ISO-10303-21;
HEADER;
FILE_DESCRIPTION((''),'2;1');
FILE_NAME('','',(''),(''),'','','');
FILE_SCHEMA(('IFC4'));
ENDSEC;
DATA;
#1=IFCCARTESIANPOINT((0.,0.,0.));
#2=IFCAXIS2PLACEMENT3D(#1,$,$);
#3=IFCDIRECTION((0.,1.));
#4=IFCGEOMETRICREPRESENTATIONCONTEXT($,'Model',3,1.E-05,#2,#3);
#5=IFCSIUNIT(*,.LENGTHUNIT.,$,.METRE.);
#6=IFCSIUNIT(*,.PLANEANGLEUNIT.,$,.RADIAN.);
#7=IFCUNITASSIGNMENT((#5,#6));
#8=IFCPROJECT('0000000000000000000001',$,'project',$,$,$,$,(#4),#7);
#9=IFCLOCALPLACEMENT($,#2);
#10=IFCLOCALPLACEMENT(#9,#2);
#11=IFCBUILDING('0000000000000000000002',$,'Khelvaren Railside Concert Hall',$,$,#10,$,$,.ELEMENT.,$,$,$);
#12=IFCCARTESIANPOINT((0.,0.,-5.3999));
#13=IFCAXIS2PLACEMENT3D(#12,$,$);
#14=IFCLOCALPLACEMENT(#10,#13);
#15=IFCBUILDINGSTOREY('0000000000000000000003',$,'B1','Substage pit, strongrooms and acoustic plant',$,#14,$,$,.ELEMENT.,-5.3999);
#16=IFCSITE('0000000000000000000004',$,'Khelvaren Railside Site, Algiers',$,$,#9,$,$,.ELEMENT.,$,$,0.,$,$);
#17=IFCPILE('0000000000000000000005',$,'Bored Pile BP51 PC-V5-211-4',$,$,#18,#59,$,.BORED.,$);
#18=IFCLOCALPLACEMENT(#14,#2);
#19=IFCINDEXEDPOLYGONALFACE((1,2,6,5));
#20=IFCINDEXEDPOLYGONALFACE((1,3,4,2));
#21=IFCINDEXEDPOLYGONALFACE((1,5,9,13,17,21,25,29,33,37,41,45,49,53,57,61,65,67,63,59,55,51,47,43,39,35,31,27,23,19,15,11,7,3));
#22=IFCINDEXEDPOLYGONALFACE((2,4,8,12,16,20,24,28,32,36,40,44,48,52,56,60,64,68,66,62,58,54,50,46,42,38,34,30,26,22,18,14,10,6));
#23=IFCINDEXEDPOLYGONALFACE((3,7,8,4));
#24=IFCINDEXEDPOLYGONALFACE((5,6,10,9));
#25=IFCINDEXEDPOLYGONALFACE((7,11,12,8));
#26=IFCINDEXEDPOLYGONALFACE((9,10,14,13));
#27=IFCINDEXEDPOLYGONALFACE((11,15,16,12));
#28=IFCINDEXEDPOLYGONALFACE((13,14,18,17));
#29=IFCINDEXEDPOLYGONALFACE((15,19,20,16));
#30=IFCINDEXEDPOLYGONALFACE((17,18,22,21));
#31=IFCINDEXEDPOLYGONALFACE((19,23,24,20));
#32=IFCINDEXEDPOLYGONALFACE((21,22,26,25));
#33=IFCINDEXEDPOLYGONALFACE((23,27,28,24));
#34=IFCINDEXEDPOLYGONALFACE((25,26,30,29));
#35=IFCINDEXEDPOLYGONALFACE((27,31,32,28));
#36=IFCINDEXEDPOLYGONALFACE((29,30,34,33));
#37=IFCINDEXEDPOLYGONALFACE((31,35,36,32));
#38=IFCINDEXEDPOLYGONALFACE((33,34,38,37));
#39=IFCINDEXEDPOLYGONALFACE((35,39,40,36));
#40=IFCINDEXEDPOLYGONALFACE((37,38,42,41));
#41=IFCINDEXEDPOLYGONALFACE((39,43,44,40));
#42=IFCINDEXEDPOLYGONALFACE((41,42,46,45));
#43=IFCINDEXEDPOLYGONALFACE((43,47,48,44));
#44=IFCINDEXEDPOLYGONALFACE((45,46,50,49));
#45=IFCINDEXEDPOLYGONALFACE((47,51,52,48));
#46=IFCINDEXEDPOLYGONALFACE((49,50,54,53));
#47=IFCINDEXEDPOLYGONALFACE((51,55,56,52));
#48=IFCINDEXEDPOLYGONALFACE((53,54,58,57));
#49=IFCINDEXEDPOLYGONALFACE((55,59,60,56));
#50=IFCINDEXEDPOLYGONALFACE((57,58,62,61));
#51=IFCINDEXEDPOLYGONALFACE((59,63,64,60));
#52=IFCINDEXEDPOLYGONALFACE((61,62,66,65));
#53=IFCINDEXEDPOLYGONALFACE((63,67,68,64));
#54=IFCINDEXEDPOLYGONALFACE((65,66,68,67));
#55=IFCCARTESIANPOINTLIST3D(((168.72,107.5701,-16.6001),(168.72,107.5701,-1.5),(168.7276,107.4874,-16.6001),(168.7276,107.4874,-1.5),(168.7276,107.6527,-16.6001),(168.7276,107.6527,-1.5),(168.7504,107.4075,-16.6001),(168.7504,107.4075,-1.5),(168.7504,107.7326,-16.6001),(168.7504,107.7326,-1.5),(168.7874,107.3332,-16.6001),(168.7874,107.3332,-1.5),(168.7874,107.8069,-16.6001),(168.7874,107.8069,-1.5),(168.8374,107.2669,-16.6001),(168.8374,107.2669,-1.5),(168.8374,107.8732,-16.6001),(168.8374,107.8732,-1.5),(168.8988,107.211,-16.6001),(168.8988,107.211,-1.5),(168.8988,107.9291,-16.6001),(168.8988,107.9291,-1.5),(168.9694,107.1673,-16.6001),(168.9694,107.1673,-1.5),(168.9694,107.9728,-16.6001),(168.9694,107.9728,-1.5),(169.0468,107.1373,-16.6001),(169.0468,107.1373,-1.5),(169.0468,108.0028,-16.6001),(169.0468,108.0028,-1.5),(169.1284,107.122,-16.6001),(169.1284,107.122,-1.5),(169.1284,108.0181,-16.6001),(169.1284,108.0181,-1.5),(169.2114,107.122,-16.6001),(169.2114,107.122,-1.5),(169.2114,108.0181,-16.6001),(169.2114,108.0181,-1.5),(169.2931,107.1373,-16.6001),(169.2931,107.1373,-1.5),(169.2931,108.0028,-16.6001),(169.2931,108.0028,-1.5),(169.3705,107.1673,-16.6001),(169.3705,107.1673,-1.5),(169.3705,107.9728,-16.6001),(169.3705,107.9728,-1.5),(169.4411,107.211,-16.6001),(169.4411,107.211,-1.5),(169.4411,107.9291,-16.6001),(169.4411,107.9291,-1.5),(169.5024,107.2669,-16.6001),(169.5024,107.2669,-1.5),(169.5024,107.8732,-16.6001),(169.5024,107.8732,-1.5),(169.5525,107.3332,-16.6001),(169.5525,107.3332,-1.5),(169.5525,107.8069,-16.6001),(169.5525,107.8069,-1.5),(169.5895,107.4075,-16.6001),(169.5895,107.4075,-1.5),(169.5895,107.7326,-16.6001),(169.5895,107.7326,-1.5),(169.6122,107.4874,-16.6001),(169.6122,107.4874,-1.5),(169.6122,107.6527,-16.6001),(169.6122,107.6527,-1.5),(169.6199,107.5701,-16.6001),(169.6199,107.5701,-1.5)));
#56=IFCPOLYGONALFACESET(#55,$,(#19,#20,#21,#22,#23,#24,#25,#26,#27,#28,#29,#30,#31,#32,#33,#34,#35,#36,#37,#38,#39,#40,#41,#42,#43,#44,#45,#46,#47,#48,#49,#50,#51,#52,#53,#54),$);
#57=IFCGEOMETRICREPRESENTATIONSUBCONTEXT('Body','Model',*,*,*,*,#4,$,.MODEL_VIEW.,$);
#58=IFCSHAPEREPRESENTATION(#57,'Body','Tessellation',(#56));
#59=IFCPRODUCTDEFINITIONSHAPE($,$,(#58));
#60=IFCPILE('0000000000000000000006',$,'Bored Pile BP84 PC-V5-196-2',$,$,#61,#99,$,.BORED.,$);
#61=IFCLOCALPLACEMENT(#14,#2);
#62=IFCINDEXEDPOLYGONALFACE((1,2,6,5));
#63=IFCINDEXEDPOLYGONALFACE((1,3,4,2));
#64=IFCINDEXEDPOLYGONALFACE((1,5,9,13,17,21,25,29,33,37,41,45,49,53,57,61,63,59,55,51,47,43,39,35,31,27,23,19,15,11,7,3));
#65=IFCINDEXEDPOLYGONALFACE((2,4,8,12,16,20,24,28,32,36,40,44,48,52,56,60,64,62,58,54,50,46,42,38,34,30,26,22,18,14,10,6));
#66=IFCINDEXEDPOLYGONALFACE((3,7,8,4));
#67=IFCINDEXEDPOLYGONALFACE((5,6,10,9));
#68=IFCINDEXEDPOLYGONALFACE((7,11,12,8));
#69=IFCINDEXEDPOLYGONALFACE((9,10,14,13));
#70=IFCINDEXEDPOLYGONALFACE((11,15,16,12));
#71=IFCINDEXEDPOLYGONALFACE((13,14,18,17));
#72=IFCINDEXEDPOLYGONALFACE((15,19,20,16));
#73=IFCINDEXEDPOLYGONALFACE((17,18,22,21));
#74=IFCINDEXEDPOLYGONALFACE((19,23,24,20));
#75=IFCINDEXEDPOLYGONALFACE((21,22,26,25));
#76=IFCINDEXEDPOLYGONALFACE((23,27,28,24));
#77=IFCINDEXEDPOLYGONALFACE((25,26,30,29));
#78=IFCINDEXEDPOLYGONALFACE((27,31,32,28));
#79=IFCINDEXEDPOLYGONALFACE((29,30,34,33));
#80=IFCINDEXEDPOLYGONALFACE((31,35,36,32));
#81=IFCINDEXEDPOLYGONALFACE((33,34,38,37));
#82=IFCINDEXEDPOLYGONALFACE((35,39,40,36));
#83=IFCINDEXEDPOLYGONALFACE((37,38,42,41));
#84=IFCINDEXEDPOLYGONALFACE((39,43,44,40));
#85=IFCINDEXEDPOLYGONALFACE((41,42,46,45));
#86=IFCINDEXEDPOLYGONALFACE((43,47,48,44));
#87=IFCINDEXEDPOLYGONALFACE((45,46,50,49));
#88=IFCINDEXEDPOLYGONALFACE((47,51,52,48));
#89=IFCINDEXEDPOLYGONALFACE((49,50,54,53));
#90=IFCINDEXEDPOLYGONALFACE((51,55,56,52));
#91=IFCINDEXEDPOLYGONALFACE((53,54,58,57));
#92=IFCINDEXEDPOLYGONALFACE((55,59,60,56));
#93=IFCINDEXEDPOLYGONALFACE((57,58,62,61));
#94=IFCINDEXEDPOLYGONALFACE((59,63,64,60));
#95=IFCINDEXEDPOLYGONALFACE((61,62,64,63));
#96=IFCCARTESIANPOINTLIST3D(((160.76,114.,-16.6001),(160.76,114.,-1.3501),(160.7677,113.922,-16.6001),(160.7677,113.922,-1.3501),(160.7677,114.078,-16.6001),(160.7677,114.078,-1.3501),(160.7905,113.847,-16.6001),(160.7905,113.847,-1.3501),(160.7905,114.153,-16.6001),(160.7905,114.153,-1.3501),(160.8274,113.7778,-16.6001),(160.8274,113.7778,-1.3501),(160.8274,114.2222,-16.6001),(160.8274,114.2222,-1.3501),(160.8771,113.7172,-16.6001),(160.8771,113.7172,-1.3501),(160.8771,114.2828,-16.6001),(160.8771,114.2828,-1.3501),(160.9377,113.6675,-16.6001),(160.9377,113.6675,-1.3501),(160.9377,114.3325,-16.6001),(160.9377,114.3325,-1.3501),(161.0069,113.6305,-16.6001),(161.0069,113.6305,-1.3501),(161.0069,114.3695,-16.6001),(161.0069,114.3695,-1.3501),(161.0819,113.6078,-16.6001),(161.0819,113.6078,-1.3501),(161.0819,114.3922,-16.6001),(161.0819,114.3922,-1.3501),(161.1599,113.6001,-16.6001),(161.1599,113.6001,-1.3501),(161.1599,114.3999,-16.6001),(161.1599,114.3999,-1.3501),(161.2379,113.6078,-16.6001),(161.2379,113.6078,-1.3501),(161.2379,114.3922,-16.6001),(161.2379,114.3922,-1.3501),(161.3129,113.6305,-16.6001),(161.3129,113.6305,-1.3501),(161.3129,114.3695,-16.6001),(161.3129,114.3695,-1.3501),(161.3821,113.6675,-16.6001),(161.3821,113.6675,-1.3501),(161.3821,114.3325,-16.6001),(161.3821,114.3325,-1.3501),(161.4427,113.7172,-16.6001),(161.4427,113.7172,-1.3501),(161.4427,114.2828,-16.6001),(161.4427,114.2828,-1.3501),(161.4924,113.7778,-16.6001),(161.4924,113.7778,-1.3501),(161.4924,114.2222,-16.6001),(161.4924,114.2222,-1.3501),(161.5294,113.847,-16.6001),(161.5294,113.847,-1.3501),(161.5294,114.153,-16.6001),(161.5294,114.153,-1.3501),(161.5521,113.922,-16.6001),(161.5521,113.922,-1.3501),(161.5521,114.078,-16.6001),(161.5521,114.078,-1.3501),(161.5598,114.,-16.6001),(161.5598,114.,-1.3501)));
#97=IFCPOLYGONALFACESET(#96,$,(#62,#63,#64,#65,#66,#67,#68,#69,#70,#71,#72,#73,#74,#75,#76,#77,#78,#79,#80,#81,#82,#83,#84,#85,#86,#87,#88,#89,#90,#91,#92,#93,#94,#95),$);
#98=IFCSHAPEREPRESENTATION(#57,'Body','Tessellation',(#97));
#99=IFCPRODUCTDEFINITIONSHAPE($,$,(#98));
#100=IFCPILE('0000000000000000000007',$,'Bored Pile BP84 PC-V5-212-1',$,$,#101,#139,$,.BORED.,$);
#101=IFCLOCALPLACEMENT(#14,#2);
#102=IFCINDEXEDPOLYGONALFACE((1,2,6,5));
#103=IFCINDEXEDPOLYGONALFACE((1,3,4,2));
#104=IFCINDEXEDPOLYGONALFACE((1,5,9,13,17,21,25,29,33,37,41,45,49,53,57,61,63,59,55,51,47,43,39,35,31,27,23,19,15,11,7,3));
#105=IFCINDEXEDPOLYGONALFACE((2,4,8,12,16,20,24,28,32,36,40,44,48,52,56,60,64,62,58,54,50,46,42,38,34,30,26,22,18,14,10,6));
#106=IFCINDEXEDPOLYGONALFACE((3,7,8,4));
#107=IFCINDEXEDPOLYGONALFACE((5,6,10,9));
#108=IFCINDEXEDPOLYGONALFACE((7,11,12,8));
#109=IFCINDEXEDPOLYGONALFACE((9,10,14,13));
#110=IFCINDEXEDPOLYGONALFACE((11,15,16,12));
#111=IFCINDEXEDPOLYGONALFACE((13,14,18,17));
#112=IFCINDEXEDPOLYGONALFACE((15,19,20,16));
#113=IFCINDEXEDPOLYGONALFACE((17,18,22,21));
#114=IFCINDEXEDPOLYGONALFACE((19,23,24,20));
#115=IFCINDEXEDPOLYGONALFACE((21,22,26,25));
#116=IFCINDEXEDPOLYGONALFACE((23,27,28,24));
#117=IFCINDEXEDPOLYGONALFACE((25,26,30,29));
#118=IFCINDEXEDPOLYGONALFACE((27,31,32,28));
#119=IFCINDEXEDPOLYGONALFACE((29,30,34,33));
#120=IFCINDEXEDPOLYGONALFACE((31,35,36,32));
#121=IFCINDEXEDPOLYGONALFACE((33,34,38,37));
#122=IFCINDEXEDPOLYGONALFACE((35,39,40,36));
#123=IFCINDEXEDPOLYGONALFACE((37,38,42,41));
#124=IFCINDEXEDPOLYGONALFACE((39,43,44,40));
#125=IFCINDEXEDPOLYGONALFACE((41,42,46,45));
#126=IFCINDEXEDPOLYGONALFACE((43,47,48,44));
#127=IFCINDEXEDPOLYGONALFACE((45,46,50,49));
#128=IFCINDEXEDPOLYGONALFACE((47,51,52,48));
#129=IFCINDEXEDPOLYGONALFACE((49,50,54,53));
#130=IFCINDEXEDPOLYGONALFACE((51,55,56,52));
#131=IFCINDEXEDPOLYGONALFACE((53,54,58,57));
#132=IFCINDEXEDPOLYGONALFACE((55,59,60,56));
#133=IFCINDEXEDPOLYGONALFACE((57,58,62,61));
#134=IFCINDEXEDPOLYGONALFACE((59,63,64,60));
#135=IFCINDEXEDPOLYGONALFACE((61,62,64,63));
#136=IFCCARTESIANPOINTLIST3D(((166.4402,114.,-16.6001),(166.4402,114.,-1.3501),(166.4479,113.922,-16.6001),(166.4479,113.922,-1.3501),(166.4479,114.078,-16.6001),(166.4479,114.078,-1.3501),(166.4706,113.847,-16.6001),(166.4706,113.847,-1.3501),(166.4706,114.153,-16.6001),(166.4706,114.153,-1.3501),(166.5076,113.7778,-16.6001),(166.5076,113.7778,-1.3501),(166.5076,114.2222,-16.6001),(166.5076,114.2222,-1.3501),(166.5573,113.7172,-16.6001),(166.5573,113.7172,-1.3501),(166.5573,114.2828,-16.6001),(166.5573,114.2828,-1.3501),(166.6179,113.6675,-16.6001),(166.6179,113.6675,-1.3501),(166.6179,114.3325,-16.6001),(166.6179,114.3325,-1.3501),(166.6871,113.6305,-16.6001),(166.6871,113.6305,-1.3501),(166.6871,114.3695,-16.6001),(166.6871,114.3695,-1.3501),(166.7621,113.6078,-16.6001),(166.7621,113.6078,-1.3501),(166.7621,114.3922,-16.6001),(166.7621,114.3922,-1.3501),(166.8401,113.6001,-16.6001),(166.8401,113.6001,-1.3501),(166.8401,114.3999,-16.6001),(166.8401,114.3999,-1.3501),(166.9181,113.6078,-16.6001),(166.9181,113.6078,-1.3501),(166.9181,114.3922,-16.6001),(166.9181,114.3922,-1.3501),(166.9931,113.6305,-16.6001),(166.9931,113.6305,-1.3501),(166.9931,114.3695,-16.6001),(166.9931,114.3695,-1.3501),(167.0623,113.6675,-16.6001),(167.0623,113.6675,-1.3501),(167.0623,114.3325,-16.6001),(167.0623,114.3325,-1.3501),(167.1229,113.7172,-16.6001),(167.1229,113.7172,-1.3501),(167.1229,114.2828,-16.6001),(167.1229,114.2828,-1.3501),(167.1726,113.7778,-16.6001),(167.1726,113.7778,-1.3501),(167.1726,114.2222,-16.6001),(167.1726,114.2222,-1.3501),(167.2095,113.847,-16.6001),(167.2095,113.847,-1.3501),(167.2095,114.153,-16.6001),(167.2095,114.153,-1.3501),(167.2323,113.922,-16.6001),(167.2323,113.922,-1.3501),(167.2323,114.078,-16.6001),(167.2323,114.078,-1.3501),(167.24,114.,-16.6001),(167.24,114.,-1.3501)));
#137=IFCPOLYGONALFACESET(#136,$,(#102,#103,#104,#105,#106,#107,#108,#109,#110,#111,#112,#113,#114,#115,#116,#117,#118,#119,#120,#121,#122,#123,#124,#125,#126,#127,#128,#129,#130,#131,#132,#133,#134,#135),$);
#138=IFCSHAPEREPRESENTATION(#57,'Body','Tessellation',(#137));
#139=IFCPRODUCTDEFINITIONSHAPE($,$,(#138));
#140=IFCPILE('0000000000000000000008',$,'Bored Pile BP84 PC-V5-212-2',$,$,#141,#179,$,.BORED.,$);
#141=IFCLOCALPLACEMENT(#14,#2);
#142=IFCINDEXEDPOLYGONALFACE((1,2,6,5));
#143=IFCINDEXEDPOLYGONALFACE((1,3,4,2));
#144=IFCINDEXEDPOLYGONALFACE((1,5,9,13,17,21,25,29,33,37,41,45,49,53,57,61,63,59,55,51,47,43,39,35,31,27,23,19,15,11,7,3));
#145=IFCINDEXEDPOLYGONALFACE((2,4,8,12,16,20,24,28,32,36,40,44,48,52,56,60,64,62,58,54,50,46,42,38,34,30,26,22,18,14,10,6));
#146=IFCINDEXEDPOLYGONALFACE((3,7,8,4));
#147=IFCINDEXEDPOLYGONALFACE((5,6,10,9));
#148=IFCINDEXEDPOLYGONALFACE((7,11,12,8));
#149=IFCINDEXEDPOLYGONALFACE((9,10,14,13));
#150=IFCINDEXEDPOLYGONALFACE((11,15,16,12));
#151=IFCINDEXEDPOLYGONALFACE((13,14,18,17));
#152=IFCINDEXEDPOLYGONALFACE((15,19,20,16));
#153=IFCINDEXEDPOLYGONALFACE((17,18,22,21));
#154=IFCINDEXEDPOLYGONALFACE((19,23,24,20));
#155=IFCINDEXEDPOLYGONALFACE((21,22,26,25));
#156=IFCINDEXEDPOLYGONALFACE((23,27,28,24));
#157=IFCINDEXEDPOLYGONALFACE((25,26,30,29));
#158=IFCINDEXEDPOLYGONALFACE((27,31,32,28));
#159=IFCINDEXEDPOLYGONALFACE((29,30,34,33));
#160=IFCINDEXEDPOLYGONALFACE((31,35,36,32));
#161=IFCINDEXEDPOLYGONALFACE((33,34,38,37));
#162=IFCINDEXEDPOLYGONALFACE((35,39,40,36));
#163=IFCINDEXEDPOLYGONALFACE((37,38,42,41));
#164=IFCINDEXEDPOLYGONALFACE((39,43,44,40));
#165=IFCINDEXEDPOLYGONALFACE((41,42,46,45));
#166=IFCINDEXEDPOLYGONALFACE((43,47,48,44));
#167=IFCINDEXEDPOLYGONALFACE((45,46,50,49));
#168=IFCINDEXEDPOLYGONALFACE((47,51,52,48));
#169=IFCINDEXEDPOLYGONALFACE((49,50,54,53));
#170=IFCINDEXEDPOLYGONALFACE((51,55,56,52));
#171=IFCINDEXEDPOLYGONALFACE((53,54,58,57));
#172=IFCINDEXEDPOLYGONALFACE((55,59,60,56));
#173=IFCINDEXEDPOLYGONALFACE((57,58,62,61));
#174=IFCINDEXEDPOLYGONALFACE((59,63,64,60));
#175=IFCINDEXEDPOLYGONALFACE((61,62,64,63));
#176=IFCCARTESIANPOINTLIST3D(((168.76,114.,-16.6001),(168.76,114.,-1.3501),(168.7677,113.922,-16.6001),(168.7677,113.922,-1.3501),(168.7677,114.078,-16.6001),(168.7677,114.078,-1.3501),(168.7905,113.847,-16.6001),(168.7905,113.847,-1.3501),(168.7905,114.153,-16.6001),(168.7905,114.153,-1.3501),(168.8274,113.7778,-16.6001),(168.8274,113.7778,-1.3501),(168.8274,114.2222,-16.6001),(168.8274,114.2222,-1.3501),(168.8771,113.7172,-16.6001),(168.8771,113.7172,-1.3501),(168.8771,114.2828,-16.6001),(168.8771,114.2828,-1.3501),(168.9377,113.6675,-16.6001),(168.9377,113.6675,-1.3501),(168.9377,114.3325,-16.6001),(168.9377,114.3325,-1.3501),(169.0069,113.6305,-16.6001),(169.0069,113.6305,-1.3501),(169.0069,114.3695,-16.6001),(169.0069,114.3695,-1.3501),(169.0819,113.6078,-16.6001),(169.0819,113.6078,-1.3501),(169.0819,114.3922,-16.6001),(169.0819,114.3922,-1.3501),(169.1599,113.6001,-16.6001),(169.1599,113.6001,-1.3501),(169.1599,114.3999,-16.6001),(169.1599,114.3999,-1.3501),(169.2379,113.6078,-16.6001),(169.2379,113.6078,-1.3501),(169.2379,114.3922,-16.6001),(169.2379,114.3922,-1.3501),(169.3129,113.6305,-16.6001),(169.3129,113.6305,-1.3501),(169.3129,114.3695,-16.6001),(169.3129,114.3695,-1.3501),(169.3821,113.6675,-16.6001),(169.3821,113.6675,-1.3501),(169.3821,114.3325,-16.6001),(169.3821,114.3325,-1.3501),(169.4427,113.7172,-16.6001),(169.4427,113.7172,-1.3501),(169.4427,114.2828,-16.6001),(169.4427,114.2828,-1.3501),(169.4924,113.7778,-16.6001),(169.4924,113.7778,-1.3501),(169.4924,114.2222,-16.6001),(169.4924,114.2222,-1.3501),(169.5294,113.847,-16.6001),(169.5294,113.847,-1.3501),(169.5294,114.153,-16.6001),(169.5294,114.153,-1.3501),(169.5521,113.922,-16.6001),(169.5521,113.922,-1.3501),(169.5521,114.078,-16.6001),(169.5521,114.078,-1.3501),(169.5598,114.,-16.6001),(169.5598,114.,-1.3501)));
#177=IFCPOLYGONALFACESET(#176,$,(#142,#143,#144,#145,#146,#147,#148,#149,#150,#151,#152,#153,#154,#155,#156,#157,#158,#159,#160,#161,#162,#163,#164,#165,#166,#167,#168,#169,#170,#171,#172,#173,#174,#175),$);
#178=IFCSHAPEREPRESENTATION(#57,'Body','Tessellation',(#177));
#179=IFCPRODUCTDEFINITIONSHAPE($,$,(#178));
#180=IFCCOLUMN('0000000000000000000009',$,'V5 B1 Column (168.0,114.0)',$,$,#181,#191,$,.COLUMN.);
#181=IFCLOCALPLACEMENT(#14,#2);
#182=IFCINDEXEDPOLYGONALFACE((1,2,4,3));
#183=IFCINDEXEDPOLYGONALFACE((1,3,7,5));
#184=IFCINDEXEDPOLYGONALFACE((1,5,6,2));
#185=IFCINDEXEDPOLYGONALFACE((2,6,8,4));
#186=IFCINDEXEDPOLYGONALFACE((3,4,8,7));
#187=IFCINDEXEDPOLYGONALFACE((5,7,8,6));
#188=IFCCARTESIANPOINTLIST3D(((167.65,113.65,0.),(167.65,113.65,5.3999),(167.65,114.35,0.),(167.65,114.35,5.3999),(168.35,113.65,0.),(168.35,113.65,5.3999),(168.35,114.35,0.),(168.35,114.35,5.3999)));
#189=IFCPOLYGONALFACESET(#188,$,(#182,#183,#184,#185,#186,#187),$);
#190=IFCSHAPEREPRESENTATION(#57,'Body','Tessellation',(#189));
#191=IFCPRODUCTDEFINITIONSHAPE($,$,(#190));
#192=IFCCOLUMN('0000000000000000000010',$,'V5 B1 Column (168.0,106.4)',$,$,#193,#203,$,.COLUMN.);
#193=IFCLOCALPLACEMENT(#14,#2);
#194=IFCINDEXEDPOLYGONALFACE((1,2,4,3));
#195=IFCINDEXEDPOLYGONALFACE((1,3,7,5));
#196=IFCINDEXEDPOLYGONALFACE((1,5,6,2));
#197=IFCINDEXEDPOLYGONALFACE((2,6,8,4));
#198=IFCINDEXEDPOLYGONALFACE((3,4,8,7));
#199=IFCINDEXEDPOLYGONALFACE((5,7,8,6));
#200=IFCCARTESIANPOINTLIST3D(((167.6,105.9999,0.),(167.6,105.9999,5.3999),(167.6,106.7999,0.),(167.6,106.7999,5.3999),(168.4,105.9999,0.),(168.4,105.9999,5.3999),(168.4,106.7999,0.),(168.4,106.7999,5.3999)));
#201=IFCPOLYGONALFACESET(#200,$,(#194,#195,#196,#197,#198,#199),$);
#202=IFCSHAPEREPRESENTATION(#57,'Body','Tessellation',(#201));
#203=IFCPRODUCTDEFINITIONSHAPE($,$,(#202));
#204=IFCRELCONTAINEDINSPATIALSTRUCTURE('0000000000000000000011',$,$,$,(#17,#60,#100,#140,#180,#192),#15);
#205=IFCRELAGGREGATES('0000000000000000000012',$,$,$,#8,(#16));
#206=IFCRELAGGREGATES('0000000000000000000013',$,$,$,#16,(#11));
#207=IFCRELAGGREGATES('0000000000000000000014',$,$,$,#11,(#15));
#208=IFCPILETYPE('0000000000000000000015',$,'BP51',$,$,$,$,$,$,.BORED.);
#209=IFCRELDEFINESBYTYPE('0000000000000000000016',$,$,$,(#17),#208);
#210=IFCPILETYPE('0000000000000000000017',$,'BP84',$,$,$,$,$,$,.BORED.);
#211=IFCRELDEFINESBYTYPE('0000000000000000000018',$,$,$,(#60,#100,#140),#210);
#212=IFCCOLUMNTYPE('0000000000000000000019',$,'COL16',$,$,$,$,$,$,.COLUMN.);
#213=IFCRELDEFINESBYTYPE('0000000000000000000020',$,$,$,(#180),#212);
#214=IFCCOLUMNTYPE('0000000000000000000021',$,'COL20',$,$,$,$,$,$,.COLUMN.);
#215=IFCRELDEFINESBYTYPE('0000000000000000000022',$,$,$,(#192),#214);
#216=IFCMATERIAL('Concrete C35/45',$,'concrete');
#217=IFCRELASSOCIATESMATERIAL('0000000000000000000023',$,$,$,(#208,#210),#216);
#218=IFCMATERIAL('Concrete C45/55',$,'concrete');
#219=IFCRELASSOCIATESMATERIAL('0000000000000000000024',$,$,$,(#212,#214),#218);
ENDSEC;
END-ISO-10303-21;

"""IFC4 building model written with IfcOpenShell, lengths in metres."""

from ifc_helpers import new_model, si_unit, direction, frame, origin, origin_2d, place, context, subcontext, project, spatial, rectangle, circle, extrude, material, material_profile, profile_set, type_object, element, save


model = new_model("IFC4")

# Units and contexts
model_context = context("Model", 3, precision=1e-05, world=origin(), true_north=direction((0.0, 1.0)))
body_context = subcontext(model_context, "Body", "Model", "MODEL_VIEW")
ifc_project = project(units=[si_unit("LENGTHUNIT", "METRE"), si_unit("PLANEANGLEUNIT", "RADIAN")], contexts=[model_context])

# Site, building, storey
site_placement = place(None, origin())
site = spatial("IfcSite", under=ifc_project, at=site_placement, Name="Khelvaren Railside Site, Algiers", CompositionType="ELEMENT", RefElevation=0.0)
building_placement = place(site_placement, origin())
building = spatial("IfcBuilding", under=site, at=building_placement, Name="Khelvaren Railside Concert Hall", CompositionType="ELEMENT")
storey_placement = place(building_placement, frame((0.0, 0.0, -5.3999)))
storey = spatial("IfcBuildingStorey", under=building, at=storey_placement, Name="B1", Description="Substage pit, strongrooms and acoustic plant", CompositionType="ELEMENT", Elevation=-5.3999)

# Piles
ifc_material_1 = material(Name="Concrete C35/45", Category="concrete")
ifc_material_profile_1 = material_profile(ifc_material_1, circle(Radius=0.45, at=origin_2d()), Name="BP D900")
ifc_profile_set_1 = profile_set([ifc_material_profile_1], Name="Concrete C35/45")
pile_type_1 = type_object("IfcPileType", Name="BP51", PredefinedType="BORED", material=ifc_profile_set_1)
for number, where, z_axis, x_axis, name in (
    (1, (169.1699, 107.5701, -1.5), (0.0, 0.0, -1.0), (1.0, 0.0, 0.0), "Bored Pile BP51 PC-V5-211-4"),
):
    element("IfcPile", number, at=place(storey_placement, frame(where, z_axis=z_axis, x_axis=x_axis)), inside=storey, type_object=pile_type_1, Name=name, PredefinedType="BORED", context=body_context, shape_type="SweptSolid", body=[
        extrude(circle(Radius=0.45, at=origin_2d()), origin(), (0.0, 0.0, 1.0), 15.1001),
    ])
ifc_material_profile_2 = material_profile(ifc_material_1, circle(Radius=0.3999, at=origin_2d()), Name="BP D800")
ifc_profile_set_2 = profile_set([ifc_material_profile_2], Name="Concrete C35/45")
pile_type_2 = type_object("IfcPileType", Name="BP84", PredefinedType="BORED", material=ifc_profile_set_2)
for number, where, z_axis, x_axis, name in (
    (2, (161.1599, 114.0, -1.3501), (0.0, 0.0, -1.0), (1.0, 0.0, 0.0), "Bored Pile BP84 PC-V5-196-2"),
    (3, (166.8401, 114.0, -1.3501), (0.0, 0.0, -1.0), (1.0, 0.0, 0.0), "Bored Pile BP84 PC-V5-212-1"),
    (4, (169.1599, 114.0, -1.3501), (0.0, 0.0, -1.0), (1.0, 0.0, 0.0), "Bored Pile BP84 PC-V5-212-2"),
):
    element("IfcPile", number, at=place(storey_placement, frame(where, z_axis=z_axis, x_axis=x_axis)), inside=storey, type_object=pile_type_2, Name=name, PredefinedType="BORED", context=body_context, shape_type="SweptSolid", body=[
        extrude(circle(Radius=0.3999, at=origin_2d()), origin(), (0.0, 0.0, 1.0), 15.25),
    ])

# Columns
ifc_material_2 = material(Name="Concrete C45/55", Category="concrete")
ifc_material_profile_3 = material_profile(ifc_material_2, rectangle(XDim=0.7, YDim=0.7, at=origin_2d()), Name="RC 700x700")
ifc_profile_set_3 = profile_set([ifc_material_profile_3], Name="Concrete C45/55")
column_type_1 = type_object("IfcColumnType", Name="COL16", PredefinedType="COLUMN", material=ifc_profile_set_3)
column_1_placement = place(storey_placement, frame((168.0, 114.0, 0.0), z_axis=(0.0, 0.0, 1.0), x_axis=(1.0, 0.0, 0.0)))
element("IfcColumn", 5, at=column_1_placement, inside=storey, type_object=column_type_1, Name="V5 B1 Column (168.0,114.0)", PredefinedType="COLUMN", context=body_context, shape_type="SweptSolid", body=[
    extrude(rectangle(XDim=0.7, YDim=0.7, at=origin_2d()), origin(), (0.0, 0.0, 1.0), 5.3999),
])
ifc_material_profile_4 = material_profile(ifc_material_2, rectangle(XDim=0.8, YDim=0.8, at=origin_2d()), Name="RC 800x800")
ifc_profile_set_4 = profile_set([ifc_material_profile_4], Name="Concrete C45/55")
column_type_2 = type_object("IfcColumnType", Name="COL20", PredefinedType="COLUMN", material=ifc_profile_set_4)
column_2_placement = place(storey_placement, frame((168.0, 106.3999, 0.0), z_axis=(0.0, 0.0, 1.0), x_axis=(1.0, 0.0, 0.0)))
element("IfcColumn", 6, at=column_2_placement, inside=storey, type_object=column_type_2, Name="V5 B1 Column (168.0,106.4)", PredefinedType="COLUMN", context=body_context, shape_type="SweptSolid", body=[
    extrude(rectangle(XDim=0.8, YDim=0.8, at=origin_2d()), origin(), (0.0, 0.0, 1.0), 5.3999),
])

save(model, "model.ifc")
